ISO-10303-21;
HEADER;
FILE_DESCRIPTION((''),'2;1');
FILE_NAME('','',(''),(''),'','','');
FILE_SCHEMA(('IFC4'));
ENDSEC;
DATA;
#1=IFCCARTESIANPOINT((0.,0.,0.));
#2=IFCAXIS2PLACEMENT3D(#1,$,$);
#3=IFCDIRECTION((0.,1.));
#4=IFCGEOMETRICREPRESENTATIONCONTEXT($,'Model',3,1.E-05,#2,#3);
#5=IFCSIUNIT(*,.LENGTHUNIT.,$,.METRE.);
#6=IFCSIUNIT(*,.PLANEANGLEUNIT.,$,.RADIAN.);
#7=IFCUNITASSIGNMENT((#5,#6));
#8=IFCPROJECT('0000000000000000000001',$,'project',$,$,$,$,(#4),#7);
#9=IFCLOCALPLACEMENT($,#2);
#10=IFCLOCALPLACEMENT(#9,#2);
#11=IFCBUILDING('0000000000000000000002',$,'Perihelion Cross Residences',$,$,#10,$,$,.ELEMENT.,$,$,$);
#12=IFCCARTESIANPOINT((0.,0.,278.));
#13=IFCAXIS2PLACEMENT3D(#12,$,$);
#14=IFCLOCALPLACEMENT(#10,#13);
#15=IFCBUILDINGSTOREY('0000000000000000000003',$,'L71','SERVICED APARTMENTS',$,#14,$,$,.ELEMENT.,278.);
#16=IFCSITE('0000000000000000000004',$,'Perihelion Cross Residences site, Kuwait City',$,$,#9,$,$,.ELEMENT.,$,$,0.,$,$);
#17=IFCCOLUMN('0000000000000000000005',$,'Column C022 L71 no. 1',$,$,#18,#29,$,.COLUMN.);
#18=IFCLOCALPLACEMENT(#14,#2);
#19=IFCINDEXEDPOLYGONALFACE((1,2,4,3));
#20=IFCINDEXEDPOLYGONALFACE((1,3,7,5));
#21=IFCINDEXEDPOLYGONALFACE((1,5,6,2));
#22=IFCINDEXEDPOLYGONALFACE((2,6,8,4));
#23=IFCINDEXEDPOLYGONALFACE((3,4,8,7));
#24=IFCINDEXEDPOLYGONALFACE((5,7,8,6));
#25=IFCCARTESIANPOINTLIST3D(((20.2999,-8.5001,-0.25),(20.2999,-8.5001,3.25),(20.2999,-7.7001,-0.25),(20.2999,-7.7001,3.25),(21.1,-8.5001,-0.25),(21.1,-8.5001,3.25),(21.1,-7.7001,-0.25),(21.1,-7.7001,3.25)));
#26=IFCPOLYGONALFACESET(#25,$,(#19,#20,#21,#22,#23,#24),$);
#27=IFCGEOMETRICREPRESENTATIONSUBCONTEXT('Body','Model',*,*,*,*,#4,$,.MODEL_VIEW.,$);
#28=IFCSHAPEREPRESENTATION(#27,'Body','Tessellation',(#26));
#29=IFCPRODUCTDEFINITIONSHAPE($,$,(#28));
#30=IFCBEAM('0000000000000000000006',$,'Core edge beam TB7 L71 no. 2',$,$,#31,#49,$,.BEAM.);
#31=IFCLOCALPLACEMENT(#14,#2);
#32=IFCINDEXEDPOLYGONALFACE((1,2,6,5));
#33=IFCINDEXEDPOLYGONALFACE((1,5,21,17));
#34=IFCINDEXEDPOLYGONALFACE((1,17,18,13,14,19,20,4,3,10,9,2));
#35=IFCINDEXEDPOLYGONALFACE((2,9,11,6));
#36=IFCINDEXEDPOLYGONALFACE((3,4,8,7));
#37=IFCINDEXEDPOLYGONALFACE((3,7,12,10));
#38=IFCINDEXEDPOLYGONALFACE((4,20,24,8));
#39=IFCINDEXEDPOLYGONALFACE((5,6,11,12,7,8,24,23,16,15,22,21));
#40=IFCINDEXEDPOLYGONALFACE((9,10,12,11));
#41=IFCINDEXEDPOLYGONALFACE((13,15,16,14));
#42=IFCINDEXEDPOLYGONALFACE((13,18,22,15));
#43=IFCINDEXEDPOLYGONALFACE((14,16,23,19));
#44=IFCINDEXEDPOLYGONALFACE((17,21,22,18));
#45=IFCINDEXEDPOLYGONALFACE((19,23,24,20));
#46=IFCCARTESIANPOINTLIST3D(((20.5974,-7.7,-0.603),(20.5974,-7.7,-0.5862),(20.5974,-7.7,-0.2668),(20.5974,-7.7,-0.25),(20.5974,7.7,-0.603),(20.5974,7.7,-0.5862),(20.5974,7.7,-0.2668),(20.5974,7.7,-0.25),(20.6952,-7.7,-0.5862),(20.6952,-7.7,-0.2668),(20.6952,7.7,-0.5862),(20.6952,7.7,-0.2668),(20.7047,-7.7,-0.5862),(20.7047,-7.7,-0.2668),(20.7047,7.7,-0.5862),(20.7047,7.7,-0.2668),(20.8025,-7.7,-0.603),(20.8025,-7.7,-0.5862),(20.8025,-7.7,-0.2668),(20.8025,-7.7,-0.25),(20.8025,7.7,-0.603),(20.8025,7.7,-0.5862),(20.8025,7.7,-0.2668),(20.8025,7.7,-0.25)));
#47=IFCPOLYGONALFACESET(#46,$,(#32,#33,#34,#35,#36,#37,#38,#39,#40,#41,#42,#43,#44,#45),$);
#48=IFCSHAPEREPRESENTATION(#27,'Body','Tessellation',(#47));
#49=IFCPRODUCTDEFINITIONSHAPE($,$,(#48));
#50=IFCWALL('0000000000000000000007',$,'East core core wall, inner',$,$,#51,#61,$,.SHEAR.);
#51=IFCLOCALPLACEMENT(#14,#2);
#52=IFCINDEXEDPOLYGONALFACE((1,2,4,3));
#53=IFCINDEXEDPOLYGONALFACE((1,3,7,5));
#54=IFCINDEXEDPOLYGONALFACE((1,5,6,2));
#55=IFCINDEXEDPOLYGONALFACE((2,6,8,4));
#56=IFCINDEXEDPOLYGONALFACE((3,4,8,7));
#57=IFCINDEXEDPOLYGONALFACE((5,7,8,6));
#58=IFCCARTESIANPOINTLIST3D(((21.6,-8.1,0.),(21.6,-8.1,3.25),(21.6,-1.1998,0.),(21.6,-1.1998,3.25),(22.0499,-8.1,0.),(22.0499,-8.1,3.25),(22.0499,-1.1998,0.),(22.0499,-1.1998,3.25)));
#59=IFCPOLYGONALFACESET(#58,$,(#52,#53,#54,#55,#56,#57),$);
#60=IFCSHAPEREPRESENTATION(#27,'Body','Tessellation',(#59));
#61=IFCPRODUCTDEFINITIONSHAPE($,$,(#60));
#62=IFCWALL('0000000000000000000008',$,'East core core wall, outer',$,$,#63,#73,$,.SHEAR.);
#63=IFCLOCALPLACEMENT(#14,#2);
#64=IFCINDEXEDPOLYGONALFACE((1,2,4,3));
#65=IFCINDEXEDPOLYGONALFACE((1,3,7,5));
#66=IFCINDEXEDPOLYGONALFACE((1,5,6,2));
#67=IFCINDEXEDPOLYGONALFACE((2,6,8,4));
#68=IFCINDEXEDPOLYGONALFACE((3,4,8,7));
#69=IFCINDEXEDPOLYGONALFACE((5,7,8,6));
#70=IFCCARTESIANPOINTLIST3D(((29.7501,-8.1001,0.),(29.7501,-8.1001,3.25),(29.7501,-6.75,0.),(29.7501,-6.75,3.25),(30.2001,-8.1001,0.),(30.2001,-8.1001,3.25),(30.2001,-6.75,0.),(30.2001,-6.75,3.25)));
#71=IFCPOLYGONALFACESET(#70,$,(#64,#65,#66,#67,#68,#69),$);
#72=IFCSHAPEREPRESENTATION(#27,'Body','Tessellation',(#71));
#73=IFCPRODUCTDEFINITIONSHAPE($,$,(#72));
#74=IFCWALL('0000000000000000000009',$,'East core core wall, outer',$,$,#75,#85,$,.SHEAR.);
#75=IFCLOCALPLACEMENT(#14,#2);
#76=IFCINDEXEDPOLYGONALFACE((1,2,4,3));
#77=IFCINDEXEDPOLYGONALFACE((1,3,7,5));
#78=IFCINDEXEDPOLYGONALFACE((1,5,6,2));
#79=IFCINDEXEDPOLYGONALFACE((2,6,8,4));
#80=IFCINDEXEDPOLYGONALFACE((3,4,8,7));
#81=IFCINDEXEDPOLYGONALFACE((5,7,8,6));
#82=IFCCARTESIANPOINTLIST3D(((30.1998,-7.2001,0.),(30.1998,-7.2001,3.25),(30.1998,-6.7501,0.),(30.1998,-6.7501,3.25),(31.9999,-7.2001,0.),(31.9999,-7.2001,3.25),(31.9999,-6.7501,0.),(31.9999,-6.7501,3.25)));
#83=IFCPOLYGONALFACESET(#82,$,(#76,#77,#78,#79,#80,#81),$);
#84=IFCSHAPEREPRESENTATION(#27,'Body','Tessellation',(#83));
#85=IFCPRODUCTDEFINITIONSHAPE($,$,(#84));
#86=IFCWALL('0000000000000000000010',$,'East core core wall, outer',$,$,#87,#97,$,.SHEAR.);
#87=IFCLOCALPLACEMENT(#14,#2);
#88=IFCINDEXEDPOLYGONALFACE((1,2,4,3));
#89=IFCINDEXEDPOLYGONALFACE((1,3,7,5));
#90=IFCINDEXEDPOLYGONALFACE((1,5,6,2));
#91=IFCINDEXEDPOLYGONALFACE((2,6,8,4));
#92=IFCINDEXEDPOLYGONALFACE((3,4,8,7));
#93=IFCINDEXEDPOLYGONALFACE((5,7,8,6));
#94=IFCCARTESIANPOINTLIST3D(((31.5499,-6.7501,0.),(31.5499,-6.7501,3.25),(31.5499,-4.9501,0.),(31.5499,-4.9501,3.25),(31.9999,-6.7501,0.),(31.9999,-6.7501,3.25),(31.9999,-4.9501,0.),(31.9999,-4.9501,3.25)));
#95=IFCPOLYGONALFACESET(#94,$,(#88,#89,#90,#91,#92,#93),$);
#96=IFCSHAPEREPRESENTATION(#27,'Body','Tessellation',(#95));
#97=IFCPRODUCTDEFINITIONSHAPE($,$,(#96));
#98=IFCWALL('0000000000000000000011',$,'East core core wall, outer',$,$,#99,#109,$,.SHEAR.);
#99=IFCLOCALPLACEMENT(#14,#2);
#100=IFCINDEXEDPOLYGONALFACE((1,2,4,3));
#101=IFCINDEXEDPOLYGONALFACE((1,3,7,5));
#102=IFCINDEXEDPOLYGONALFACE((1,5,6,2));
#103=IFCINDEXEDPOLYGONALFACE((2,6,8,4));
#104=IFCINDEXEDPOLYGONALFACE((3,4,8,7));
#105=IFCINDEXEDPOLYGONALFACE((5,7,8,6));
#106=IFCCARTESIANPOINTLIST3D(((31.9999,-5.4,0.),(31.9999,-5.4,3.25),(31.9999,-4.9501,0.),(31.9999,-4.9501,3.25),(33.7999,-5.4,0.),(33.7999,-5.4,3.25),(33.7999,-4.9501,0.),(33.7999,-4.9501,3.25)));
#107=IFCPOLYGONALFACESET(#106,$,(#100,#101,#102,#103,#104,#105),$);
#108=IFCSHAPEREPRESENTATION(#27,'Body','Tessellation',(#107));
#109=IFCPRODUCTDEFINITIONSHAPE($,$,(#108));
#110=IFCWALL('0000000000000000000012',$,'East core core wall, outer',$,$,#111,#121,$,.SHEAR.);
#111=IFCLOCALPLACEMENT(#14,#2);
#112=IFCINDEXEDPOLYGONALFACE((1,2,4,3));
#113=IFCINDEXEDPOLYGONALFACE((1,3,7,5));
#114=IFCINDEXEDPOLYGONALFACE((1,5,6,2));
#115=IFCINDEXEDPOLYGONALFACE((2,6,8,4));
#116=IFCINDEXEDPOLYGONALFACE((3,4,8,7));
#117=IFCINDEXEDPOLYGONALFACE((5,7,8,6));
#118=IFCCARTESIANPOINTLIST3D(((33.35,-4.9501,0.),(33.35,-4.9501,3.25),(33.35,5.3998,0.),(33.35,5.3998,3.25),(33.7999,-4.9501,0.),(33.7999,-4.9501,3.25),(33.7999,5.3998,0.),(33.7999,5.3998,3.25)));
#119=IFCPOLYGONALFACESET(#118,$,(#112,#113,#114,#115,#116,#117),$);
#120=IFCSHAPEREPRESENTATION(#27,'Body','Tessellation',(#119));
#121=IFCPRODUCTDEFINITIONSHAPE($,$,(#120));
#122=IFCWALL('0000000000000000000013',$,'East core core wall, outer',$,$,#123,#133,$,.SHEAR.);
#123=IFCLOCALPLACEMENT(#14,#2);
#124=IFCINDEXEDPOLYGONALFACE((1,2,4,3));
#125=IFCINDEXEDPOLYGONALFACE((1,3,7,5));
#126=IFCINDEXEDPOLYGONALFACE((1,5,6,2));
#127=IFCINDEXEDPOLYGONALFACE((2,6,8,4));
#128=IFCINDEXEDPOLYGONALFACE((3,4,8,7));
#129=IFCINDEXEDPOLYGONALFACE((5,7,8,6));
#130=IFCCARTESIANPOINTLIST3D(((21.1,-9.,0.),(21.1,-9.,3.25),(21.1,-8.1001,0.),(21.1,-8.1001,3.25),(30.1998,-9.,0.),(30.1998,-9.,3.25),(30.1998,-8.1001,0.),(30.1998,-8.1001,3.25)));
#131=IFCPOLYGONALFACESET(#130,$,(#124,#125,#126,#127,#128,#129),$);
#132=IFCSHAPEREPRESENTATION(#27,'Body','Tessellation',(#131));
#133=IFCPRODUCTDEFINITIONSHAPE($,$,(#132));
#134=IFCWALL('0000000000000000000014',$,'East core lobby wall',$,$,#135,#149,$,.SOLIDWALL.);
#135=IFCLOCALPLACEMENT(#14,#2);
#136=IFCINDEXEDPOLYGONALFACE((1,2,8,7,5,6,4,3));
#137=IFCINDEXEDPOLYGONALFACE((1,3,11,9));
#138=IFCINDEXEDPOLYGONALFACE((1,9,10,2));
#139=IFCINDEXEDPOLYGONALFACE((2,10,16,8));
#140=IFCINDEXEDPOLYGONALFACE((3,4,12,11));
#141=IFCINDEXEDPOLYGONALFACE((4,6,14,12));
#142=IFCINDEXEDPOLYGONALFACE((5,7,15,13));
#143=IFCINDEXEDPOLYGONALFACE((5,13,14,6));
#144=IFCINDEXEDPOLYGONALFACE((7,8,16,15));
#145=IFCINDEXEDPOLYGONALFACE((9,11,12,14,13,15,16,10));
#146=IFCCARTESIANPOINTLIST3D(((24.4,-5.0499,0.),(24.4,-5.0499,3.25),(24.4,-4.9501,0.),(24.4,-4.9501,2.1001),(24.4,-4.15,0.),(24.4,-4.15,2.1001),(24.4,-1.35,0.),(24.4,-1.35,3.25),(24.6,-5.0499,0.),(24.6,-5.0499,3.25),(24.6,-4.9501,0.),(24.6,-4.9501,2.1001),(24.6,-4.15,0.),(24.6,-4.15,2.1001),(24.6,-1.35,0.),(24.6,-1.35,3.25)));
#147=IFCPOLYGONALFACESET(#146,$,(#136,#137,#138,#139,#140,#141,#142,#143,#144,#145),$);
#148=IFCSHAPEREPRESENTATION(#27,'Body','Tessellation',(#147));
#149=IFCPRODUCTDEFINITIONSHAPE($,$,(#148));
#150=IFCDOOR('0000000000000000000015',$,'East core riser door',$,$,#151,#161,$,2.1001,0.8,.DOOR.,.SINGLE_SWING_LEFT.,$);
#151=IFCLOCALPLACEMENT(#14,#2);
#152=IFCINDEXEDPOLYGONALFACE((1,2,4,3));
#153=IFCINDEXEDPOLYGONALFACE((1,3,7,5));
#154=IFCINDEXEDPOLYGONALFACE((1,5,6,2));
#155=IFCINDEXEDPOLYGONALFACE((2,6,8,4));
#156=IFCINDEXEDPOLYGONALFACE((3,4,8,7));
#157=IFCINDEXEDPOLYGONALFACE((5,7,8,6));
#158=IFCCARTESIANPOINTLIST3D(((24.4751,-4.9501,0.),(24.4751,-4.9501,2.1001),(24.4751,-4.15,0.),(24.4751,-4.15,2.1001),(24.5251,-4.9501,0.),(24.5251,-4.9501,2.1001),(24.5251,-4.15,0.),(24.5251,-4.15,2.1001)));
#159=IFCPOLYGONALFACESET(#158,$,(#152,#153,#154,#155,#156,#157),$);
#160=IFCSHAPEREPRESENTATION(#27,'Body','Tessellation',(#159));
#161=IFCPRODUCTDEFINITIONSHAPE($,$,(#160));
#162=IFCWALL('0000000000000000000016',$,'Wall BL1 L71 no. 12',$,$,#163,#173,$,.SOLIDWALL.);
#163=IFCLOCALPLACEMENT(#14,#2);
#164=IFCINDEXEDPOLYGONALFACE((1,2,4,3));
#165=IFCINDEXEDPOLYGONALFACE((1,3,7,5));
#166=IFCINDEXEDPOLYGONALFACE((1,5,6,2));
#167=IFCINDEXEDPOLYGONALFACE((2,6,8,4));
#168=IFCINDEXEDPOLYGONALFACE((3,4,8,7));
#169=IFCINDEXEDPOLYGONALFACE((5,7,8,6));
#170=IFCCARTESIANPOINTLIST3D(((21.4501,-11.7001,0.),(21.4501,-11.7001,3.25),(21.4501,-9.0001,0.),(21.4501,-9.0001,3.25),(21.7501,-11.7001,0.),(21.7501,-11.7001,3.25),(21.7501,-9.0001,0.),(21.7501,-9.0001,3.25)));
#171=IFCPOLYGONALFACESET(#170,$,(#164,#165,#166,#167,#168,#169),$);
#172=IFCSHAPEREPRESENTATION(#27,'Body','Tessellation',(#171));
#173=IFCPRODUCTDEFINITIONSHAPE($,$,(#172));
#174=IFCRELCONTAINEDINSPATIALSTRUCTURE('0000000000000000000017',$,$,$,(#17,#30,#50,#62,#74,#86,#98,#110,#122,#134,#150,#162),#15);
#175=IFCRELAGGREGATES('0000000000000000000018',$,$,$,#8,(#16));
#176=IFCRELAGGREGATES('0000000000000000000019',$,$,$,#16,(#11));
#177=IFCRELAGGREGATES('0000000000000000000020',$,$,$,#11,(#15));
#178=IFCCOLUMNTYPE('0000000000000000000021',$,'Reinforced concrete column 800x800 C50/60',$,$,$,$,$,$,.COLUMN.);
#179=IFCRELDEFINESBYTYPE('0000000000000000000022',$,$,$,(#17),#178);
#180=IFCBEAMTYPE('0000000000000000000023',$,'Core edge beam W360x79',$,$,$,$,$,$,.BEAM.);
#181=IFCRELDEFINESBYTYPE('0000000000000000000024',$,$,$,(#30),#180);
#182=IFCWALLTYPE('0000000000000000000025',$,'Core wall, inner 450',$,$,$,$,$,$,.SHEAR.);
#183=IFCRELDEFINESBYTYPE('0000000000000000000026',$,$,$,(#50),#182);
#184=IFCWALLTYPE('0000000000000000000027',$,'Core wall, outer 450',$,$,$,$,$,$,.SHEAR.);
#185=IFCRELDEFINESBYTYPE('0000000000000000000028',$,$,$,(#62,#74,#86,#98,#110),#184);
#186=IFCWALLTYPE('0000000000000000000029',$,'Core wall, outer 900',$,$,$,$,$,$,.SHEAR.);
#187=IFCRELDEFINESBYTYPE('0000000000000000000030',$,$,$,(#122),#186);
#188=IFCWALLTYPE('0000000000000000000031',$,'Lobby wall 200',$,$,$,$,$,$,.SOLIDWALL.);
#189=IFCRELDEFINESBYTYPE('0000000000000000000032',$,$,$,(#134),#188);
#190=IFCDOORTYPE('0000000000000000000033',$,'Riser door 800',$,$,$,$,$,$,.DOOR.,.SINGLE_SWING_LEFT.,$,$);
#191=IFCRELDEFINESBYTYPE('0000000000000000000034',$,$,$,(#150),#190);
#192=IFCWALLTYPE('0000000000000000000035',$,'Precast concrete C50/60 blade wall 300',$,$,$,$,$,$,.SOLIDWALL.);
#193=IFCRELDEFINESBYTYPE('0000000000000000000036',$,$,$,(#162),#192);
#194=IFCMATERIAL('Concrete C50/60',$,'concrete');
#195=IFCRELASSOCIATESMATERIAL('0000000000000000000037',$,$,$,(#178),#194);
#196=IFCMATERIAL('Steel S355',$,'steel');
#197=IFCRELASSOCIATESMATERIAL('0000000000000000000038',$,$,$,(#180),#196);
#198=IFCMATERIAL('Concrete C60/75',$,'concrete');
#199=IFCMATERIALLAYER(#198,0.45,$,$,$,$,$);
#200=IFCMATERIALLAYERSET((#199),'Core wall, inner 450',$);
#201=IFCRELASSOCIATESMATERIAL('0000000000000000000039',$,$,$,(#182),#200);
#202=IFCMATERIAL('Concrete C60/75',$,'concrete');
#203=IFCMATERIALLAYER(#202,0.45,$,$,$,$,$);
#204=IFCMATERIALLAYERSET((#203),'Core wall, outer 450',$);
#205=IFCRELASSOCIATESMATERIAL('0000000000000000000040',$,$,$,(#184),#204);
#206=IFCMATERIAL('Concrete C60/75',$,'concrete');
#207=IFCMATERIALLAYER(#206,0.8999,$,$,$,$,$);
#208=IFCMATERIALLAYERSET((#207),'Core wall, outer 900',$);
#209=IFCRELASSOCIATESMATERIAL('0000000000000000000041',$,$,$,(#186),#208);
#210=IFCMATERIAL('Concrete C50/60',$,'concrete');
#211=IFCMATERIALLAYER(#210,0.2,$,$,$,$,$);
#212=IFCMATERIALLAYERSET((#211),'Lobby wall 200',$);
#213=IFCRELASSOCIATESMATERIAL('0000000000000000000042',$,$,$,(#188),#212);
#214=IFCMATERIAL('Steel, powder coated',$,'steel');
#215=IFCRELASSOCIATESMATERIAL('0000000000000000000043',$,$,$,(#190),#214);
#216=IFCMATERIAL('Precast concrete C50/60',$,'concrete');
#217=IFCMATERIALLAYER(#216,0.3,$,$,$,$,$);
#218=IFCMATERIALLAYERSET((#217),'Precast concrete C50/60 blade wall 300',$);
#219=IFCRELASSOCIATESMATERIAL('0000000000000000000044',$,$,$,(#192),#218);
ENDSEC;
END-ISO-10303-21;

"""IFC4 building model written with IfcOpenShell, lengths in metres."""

from ifc_helpers import new_model, si_unit, direction, frame, frame_2d, origin, origin_2d, place, context, subcontext, project, spatial, rectangle, i_section, extrude, material, layer, layer_set, material_profile, profile_set, type_object, element, fill, save


model = new_model("IFC4")

# Units and contexts
model_context = context("Model", 3, precision=1e-05, world=origin(), true_north=direction((0.0, 1.0)))
body_context = subcontext(model_context, "Body", "Model", "MODEL_VIEW")
ifc_project = project(units=[si_unit("LENGTHUNIT", "METRE"), si_unit("PLANEANGLEUNIT", "RADIAN")], contexts=[model_context])

# Site, building, storey
site_placement = place(None, origin())
site = spatial("IfcSite", under=ifc_project, at=site_placement, Name="Perihelion Cross Residences site, Kuwait City", CompositionType="ELEMENT", RefElevation=0.0)
building_placement = place(site_placement, origin())
building = spatial("IfcBuilding", under=site, at=building_placement, Name="Perihelion Cross Residences", CompositionType="ELEMENT")
storey_placement = place(building_placement, frame((0.0, 0.0, 278.0)))
storey = spatial("IfcBuildingStorey", under=building, at=storey_placement, Name="L71", Description="SERVICED APARTMENTS", CompositionType="ELEMENT", Elevation=278.0)

# Column
ifc_material_1 = material(Name="Concrete C50/60", Category="concrete")
ifc_material_profile_1 = material_profile(ifc_material_1, rectangle(XDim=0.8, YDim=0.8, at=origin_2d()), Name="RC 800x800")
ifc_profile_set_1 = profile_set([ifc_material_profile_1], Name="Concrete C50/60")
column_type = type_object("IfcColumnType", Name="Reinforced concrete column 800x800 C50/60", PredefinedType="COLUMN", material=ifc_profile_set_1)
column_placement = place(storey_placement, frame((20.7, -8.1001, -0.25), z_axis=(0.0, 0.0, 1.0), x_axis=(1.0, 0.0, 0.0)))
element("IfcColumn", 1, at=column_placement, inside=storey, type_object=column_type, Name="Column C022 L71 no. 1", PredefinedType="COLUMN", context=body_context, shape_type="SweptSolid", body=[
    extrude(rectangle(XDim=0.8, YDim=0.8, at=origin_2d()), origin(), (0.0, 0.0, 1.0), 3.5),
])

# Beam
ifc_material_2 = material(Name="Steel S355", Category="steel")
ifc_material_profile_2 = material_profile(ifc_material_2, i_section(OverallWidth=0.2051, OverallDepth=0.353, WebThickness=0.0095, FlangeThickness=0.0168, at=origin_2d()), Name="W360x79")
ifc_profile_set_2 = profile_set([ifc_material_profile_2], Name="Steel S355")
beam_type = type_object("IfcBeamType", Name="Core edge beam W360x79", PredefinedType="BEAM", material=ifc_profile_set_2)
beam_placement = place(storey_placement, frame((20.7, -7.7, -0.4265), z_axis=(0.0, 1.0, 0.0), x_axis=(-1.0, 0.0, 0.0)))
element("IfcBeam", 2, at=beam_placement, inside=storey, type_object=beam_type, Name="Core edge beam TB7 L71 no. 2", PredefinedType="BEAM", context=body_context, shape_type="SweptSolid", body=[
    extrude(i_section(OverallWidth=0.2051, OverallDepth=0.353, WebThickness=0.0095, FlangeThickness=0.0168, at=origin_2d()), origin(), (0.0, 0.0, 1.0), 15.3999),
])

# Walls
ifc_material_3 = material(Name="Concrete C60/75", Category="concrete")
ifc_layer_1 = layer(ifc_material_3, 0.45)
ifc_layer_set_1 = layer_set([ifc_layer_1], Name="Core wall, inner 450")
wall_type_1 = type_object("IfcWallType", Name="Core wall, inner 450", PredefinedType="SHEAR", material=ifc_layer_set_1)
wall_1_placement = place(storey_placement, frame((21.825, -8.1001, 0.0), z_axis=(0.0, 0.0, 1.0), x_axis=(0.0, 1.0, 0.0)))
element("IfcWall", 3, at=wall_1_placement, inside=storey, type_object=wall_type_1, Name="East core core wall, inner", PredefinedType="SHEAR", context=body_context, shape_type="SweptSolid", body=[
    extrude(rectangle(XDim=6.9001, YDim=0.45, at=frame_2d((3.4502, 0.0))), origin(), (0.0, 0.0, 1.0), 3.25),
])
ifc_material_4 = material(Name="Concrete C60/75", Category="concrete")
ifc_layer_2 = layer(ifc_material_4, 0.45)
ifc_layer_set_2 = layer_set([ifc_layer_2], Name="Core wall, outer 450")
wall_type_2 = type_object("IfcWallType", Name="Core wall, outer 450", PredefinedType="SHEAR", material=ifc_layer_set_2)
wall_2_placement = place(storey_placement, frame((29.9751, -8.1001, 0.0), z_axis=(0.0, 0.0, 1.0), x_axis=(0.0, 1.0, 0.0)))
element("IfcWall", 4, at=wall_2_placement, inside=storey, type_object=wall_type_2, Name="East core core wall, outer", PredefinedType="SHEAR", context=body_context, shape_type="SweptSolid", body=[
    extrude(rectangle(XDim=1.3501, YDim=0.45, at=frame_2d((0.675, 0.0))), origin(), (0.0, 0.0, 1.0), 3.25),
])
for number, where, z_axis, x_axis, name in (
    (5, (30.2, -6.9751, 0.0), (0.0, 0.0, 1.0), (1.0, 0.0, 0.0), "East core core wall, outer"),
    (6, (31.7749, -6.75, 0.0), (0.0, 0.0, 1.0), (0.0, 1.0, 0.0), "East core core wall, outer"),
    (7, (32.0, -5.175, 0.0), (0.0, 0.0, 1.0), (1.0, 0.0, 0.0), "East core core wall, outer"),
):
    element("IfcWall", number, at=place(storey_placement, frame(where, z_axis=z_axis, x_axis=x_axis)), inside=storey, type_object=wall_type_2, Name=name, PredefinedType="SHEAR", context=body_context, shape_type="SweptSolid", body=[
        extrude(rectangle(XDim=1.8, YDim=0.45, at=frame_2d((0.8999, 0.0))), origin(), (0.0, 0.0, 1.0), 3.25),
    ])
wall_3_placement = place(storey_placement, frame((33.575, -4.95, 0.0), z_axis=(0.0, 0.0, 1.0), x_axis=(0.0, 1.0, 0.0)))
element("IfcWall", 8, at=wall_3_placement, inside=storey, type_object=wall_type_2, Name="East core core wall, outer", PredefinedType="SHEAR", context=body_context, shape_type="SweptSolid", body=[
    extrude(rectangle(XDim=10.3499, YDim=0.45, at=frame_2d((5.1748, 0.0))), origin(), (0.0, 0.0, 1.0), 3.25),
])
ifc_material_5 = material(Name="Concrete C60/75", Category="concrete")
ifc_layer_3 = layer(ifc_material_5, 0.8999)
ifc_layer_set_3 = layer_set([ifc_layer_3], Name="Core wall, outer 900")
wall_type_3 = type_object("IfcWallType", Name="Core wall, outer 900", PredefinedType="SHEAR", material=ifc_layer_set_3)
wall_4_placement = place(storey_placement, frame((21.1001, -8.55, 0.0), z_axis=(0.0, 0.0, 1.0), x_axis=(1.0, 0.0, 0.0)))
element("IfcWall", 9, at=wall_4_placement, inside=storey, type_object=wall_type_3, Name="East core core wall, outer", PredefinedType="SHEAR", context=body_context, shape_type="SweptSolid", body=[
    extrude(rectangle(XDim=9.0999, YDim=0.8999, at=frame_2d((4.5498, 0.0))), origin(), (0.0, 0.0, 1.0), 3.25),
])

# Wall, opening, door
ifc_material_6 = material(Name="Concrete C50/60", Category="concrete")
ifc_layer_4 = layer(ifc_material_6, 0.2)
ifc_layer_set_4 = layer_set([ifc_layer_4], Name="Lobby wall 200")
wall_type_4 = type_object("IfcWallType", Name="Lobby wall 200", PredefinedType="SOLIDWALL", material=ifc_layer_set_4)
wall_5_placement = place(storey_placement, frame((24.5, -5.05, 0.0), z_axis=(0.0, 0.0, 1.0), x_axis=(0.0, 1.0, 0.0)))
wall_5 = element("IfcWall", 10, at=wall_5_placement, inside=storey, type_object=wall_type_4, Name="East core lobby wall", PredefinedType="SOLIDWALL", context=body_context, shape_type="SweptSolid", body=[
    extrude(rectangle(XDim=3.7, YDim=0.2, at=frame_2d((1.8501, 0.0))), origin(), (0.0, 0.0, 1.0), 3.25),
])
opening_1_placement = place(wall_5_placement, frame((0.1001, 0.0, 0.0)))
opening_1 = element("IfcOpeningElement", 11, at=opening_1_placement, cuts=wall_5, PredefinedType="OPENING", context=body_context, shape_type="SweptSolid", body=[
    extrude(rectangle(XDim=0.8, YDim=2.1001, at=frame_2d((0.3999, 1.05))), frame((0.0, 0.1099, 0.0), z_axis=(0.0, -1.0, 0.0), x_axis=(1.0, 0.0, 0.0)), (0.0, 0.0, 1.0), 0.22),
])
ifc_material_7 = material(Name="Steel, powder coated", Category="steel")
door_type_1 = type_object("IfcDoorType", Name="Riser door 800", OperationType="SINGLE_SWING_LEFT", PredefinedType="DOOR", material=ifc_material_7)
door_1_placement = place(opening_1_placement, origin())
door_1 = element("IfcDoor", 12, at=door_1_placement, inside=storey, type_object=door_type_1, Name="East core riser door", OperationType="SINGLE_SWING_LEFT", OverallHeight=2.1001, OverallWidth=0.8, PredefinedType="DOOR", context=body_context, shape_type="SweptSolid", body=[
    extrude(rectangle(XDim=0.8, YDim=2.1001, at=frame_2d((0.3999, 1.05))), frame((0.0, 0.0249, 0.0), z_axis=(0.0, -1.0, 0.0), x_axis=(1.0, 0.0, 0.0)), (0.0, 0.0, 1.0), 0.05),
])
fill(opening_1, door_1)

# Wall
ifc_material_8 = material(Name="Precast concrete C50/60", Category="concrete")
ifc_layer_5 = layer(ifc_material_8, 0.3)
ifc_layer_set_5 = layer_set([ifc_layer_5], Name="Precast concrete C50/60 blade wall 300")
wall_type_5 = type_object("IfcWallType", Name="Precast concrete C50/60 blade wall 300", PredefinedType="SOLIDWALL", material=ifc_layer_set_5)
wall_6_placement = place(storey_placement, frame((21.6001, -9.0, 0.0), z_axis=(0.0, 0.0, 1.0), x_axis=(0.0, -1.0, 0.0)))
element("IfcWall", 13, at=wall_6_placement, inside=storey, type_object=wall_type_5, Name="Wall BL1 L71 no. 12", PredefinedType="SOLIDWALL", context=body_context, shape_type="SweptSolid", body=[
    extrude(rectangle(XDim=2.7, YDim=0.3, at=frame_2d((1.3501, 0.0))), origin(), (0.0, 0.0, 1.0), 3.25),
])

save(model, "model.ifc")
